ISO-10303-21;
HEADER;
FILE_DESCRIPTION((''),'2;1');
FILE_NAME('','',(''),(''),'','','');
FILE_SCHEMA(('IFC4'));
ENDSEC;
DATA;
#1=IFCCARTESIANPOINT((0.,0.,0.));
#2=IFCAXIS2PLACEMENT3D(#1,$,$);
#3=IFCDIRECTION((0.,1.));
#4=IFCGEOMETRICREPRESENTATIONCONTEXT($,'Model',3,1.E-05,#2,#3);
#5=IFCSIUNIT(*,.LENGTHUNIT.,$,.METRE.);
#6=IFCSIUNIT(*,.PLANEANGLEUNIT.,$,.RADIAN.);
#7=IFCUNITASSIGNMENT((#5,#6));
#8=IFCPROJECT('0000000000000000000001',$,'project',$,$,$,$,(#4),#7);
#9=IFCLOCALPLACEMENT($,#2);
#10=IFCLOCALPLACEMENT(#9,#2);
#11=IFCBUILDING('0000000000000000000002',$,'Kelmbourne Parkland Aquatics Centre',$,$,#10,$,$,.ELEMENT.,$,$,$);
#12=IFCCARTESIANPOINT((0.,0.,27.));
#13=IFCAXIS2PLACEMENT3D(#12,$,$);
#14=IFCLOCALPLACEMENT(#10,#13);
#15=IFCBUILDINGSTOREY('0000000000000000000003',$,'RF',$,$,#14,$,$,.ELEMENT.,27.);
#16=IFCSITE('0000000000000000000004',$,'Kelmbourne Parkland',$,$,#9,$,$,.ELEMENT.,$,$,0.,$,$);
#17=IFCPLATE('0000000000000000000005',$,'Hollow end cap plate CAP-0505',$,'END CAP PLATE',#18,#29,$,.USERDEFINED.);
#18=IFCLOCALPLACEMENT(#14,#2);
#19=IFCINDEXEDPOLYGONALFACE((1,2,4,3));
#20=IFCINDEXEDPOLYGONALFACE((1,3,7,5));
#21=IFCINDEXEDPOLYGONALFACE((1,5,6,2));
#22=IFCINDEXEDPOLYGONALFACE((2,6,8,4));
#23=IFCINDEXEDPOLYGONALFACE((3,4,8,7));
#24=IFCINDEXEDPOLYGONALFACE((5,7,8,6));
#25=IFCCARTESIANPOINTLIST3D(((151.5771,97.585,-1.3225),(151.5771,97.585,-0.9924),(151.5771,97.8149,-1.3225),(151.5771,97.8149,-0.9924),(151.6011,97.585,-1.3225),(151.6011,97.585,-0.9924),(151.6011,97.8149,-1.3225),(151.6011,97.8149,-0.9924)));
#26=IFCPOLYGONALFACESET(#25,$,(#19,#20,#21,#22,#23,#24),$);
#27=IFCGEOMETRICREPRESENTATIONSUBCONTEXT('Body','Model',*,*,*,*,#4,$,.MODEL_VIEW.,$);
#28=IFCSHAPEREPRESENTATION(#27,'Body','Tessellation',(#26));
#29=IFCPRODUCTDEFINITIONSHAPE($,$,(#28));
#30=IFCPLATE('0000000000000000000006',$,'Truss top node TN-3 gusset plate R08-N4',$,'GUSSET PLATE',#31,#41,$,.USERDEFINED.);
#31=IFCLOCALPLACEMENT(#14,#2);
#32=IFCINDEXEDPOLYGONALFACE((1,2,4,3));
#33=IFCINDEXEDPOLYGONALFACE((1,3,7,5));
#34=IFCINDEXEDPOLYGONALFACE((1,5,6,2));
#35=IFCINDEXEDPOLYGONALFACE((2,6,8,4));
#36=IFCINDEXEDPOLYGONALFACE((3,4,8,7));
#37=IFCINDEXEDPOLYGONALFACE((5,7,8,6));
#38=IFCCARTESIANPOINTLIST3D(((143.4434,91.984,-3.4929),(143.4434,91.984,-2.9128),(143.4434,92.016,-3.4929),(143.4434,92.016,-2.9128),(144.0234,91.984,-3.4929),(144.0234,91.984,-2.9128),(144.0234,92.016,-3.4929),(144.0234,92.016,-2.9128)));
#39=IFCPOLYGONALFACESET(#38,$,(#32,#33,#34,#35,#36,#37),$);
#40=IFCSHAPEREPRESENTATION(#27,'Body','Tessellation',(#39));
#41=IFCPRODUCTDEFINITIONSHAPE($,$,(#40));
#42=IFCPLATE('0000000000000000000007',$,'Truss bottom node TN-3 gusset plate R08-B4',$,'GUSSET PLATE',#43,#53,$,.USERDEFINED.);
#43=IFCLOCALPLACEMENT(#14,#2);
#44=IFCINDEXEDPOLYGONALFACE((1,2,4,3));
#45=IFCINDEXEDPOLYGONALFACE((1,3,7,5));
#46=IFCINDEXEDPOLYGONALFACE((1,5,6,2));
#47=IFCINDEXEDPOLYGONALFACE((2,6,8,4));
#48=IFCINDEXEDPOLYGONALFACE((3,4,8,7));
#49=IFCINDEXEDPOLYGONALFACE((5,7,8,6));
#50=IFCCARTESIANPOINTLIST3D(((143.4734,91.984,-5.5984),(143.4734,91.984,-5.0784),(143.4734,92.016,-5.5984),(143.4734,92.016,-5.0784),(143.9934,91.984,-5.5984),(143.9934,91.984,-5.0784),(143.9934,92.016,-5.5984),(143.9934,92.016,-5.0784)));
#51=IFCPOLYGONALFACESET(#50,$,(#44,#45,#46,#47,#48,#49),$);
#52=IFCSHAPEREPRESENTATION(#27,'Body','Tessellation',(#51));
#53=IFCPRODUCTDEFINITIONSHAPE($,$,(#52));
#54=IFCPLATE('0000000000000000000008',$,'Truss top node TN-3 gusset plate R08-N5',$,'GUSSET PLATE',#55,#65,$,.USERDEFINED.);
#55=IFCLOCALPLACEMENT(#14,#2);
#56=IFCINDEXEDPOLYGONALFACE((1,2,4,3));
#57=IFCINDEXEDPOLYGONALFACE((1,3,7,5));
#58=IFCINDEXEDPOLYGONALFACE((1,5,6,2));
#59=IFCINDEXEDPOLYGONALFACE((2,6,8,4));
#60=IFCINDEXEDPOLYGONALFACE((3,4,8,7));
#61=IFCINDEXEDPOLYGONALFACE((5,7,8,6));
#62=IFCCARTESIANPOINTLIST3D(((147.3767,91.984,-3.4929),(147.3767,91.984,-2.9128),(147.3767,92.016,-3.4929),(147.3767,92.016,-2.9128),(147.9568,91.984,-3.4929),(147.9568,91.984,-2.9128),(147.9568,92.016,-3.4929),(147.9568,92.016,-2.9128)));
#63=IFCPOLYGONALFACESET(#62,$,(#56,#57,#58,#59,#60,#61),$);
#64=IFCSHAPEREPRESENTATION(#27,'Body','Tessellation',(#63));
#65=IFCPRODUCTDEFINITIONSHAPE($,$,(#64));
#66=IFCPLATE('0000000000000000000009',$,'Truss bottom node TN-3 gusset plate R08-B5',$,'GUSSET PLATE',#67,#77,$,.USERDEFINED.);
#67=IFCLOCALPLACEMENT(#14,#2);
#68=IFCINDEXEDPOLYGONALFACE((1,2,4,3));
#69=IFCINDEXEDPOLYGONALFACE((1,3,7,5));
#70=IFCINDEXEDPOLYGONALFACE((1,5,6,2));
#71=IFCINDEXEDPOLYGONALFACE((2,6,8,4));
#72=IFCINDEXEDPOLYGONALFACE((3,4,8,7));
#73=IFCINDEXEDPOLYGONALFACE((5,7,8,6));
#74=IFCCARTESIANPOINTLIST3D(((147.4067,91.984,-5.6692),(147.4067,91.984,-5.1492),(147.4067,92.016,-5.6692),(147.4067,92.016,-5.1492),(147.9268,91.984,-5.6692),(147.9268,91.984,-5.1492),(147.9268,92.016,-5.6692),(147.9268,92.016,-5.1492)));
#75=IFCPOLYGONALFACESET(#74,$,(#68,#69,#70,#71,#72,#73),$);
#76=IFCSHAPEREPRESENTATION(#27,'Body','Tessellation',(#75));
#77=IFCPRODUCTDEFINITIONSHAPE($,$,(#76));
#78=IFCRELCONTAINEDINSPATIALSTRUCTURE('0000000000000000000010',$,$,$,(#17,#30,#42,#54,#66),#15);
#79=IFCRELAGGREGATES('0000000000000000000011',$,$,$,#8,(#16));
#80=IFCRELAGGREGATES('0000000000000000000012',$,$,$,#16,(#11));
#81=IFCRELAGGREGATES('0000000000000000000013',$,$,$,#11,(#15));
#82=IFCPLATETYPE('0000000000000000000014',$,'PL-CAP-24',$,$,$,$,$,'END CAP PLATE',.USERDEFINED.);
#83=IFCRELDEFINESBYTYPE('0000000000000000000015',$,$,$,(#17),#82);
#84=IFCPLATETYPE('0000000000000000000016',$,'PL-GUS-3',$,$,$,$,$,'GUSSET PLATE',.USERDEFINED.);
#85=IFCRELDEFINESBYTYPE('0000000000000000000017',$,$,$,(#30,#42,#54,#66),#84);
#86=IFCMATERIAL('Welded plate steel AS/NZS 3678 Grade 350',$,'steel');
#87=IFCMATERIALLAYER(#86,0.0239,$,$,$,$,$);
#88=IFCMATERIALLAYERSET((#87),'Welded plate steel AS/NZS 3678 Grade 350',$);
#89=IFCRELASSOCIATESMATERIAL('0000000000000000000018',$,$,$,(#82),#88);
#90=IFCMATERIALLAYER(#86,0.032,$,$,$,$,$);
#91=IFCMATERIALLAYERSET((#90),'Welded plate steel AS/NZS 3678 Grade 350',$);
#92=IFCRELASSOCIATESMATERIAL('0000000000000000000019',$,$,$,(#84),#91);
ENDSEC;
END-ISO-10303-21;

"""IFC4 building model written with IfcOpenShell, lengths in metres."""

from ifc_helpers import new_model, si_unit, direction, frame, origin, origin_2d, place, context, subcontext, project, spatial, rectangle, extrude, material, layer, layer_set, type_object, element, save


model = new_model("IFC4")

# Units and contexts
model_context = context("Model", 3, precision=1e-05, world=origin(), true_north=direction((0.0, 1.0)))
body_context = subcontext(model_context, "Body", "Model", "MODEL_VIEW")
ifc_project = project(units=[si_unit("LENGTHUNIT", "METRE"), si_unit("PLANEANGLEUNIT", "RADIAN")], contexts=[model_context])

# Site, building, storey
site_placement = place(None, origin())
site = spatial("IfcSite", under=ifc_project, at=site_placement, Name="Kelmbourne Parkland", CompositionType="ELEMENT", RefElevation=0.0)
building_placement = place(site_placement, origin())
building = spatial("IfcBuilding", under=site, at=building_placement, Name="Kelmbourne Parkland Aquatics Centre", CompositionType="ELEMENT")
storey_placement = place(building_placement, frame((0.0, 0.0, 27.0)))
storey = spatial("IfcBuildingStorey", under=building, at=storey_placement, Name="RF", CompositionType="ELEMENT", Elevation=27.0)

# Shared definitions
ifc_material_1 = material(Name="Welded plate steel AS/NZS 3678 Grade 350", Category="steel")

# Plates
ifc_layer_1 = layer(ifc_material_1, 0.0239)
ifc_layer_set_1 = layer_set([ifc_layer_1], Name="Welded plate steel AS/NZS 3678 Grade 350")
plate_type_1 = type_object("IfcPlateType", Name="PL-CAP-24", ElementType="END CAP PLATE", PredefinedType="USERDEFINED", material=ifc_layer_set_1)
plate_1_placement = place(storey_placement, frame((151.5891, 97.7, -1.3225), z_axis=(0.0, 0.0, 1.0), x_axis=(-1.0, 0.0, 0.0)))
element("IfcPlate", 1, at=plate_1_placement, inside=storey, type_object=plate_type_1, Name="Hollow end cap plate CAP-0505", ObjectType="END CAP PLATE", PredefinedType="USERDEFINED", context=body_context, shape_type="SweptSolid", body=[
    extrude(rectangle(XDim=0.0239, YDim=0.23, at=origin_2d()), origin(), (0.0, 0.0, 1.0), 0.3301),
])
ifc_layer_2 = layer(ifc_material_1, 0.032)
ifc_layer_set_2 = layer_set([ifc_layer_2], Name="Welded plate steel AS/NZS 3678 Grade 350")
plate_type_2 = type_object("IfcPlateType", Name="PL-GUS-3", ElementType="GUSSET PLATE", PredefinedType="USERDEFINED", material=ifc_layer_set_2)
plate_2_placement = place(storey_placement, frame((143.7334, 92.0, -3.4929), z_axis=(0.0, 0.0, 1.0), x_axis=(1.0, 0.0, 0.0)))
element("IfcPlate", 2, at=plate_2_placement, inside=storey, type_object=plate_type_2, Name="Truss top node TN-3 gusset plate R08-N4", ObjectType="GUSSET PLATE", PredefinedType="USERDEFINED", context=body_context, shape_type="SweptSolid", body=[
    extrude(rectangle(XDim=0.5801, YDim=0.032, at=origin_2d()), origin(), (0.0, 0.0, 1.0), 0.5801),
])
plate_3_placement = place(storey_placement, frame((143.7334, 92.0, -5.5984), z_axis=(0.0, 0.0, 1.0), x_axis=(1.0, 0.0, 0.0)))
element("IfcPlate", 3, at=plate_3_placement, inside=storey, type_object=plate_type_2, Name="Truss bottom node TN-3 gusset plate R08-B4", ObjectType="GUSSET PLATE", PredefinedType="USERDEFINED", context=body_context, shape_type="SweptSolid", body=[
    extrude(rectangle(XDim=0.52, YDim=0.032, at=origin_2d()), origin(), (0.0, 0.0, 1.0), 0.52),
])
plate_4_placement = place(storey_placement, frame((147.6667, 92.0, -3.4929), z_axis=(0.0, 0.0, 1.0), x_axis=(1.0, 0.0, 0.0)))
element("IfcPlate", 4, at=plate_4_placement, inside=storey, type_object=plate_type_2, Name="Truss top node TN-3 gusset plate R08-N5", ObjectType="GUSSET PLATE", PredefinedType="USERDEFINED", context=body_context, shape_type="SweptSolid", body=[
    extrude(rectangle(XDim=0.5801, YDim=0.032, at=origin_2d()), origin(), (0.0, 0.0, 1.0), 0.5801),
])
plate_5_placement = place(storey_placement, frame((147.6667, 92.0, -5.6692), z_axis=(0.0, 0.0, 1.0), x_axis=(1.0, 0.0, 0.0)))
element("IfcPlate", 5, at=plate_5_placement, inside=storey, type_object=plate_type_2, Name="Truss bottom node TN-3 gusset plate R08-B5", ObjectType="GUSSET PLATE", PredefinedType="USERDEFINED", context=body_context, shape_type="SweptSolid", body=[
    extrude(rectangle(XDim=0.52, YDim=0.032, at=origin_2d()), origin(), (0.0, 0.0, 1.0), 0.52),
])

save(model, "model.ifc")
